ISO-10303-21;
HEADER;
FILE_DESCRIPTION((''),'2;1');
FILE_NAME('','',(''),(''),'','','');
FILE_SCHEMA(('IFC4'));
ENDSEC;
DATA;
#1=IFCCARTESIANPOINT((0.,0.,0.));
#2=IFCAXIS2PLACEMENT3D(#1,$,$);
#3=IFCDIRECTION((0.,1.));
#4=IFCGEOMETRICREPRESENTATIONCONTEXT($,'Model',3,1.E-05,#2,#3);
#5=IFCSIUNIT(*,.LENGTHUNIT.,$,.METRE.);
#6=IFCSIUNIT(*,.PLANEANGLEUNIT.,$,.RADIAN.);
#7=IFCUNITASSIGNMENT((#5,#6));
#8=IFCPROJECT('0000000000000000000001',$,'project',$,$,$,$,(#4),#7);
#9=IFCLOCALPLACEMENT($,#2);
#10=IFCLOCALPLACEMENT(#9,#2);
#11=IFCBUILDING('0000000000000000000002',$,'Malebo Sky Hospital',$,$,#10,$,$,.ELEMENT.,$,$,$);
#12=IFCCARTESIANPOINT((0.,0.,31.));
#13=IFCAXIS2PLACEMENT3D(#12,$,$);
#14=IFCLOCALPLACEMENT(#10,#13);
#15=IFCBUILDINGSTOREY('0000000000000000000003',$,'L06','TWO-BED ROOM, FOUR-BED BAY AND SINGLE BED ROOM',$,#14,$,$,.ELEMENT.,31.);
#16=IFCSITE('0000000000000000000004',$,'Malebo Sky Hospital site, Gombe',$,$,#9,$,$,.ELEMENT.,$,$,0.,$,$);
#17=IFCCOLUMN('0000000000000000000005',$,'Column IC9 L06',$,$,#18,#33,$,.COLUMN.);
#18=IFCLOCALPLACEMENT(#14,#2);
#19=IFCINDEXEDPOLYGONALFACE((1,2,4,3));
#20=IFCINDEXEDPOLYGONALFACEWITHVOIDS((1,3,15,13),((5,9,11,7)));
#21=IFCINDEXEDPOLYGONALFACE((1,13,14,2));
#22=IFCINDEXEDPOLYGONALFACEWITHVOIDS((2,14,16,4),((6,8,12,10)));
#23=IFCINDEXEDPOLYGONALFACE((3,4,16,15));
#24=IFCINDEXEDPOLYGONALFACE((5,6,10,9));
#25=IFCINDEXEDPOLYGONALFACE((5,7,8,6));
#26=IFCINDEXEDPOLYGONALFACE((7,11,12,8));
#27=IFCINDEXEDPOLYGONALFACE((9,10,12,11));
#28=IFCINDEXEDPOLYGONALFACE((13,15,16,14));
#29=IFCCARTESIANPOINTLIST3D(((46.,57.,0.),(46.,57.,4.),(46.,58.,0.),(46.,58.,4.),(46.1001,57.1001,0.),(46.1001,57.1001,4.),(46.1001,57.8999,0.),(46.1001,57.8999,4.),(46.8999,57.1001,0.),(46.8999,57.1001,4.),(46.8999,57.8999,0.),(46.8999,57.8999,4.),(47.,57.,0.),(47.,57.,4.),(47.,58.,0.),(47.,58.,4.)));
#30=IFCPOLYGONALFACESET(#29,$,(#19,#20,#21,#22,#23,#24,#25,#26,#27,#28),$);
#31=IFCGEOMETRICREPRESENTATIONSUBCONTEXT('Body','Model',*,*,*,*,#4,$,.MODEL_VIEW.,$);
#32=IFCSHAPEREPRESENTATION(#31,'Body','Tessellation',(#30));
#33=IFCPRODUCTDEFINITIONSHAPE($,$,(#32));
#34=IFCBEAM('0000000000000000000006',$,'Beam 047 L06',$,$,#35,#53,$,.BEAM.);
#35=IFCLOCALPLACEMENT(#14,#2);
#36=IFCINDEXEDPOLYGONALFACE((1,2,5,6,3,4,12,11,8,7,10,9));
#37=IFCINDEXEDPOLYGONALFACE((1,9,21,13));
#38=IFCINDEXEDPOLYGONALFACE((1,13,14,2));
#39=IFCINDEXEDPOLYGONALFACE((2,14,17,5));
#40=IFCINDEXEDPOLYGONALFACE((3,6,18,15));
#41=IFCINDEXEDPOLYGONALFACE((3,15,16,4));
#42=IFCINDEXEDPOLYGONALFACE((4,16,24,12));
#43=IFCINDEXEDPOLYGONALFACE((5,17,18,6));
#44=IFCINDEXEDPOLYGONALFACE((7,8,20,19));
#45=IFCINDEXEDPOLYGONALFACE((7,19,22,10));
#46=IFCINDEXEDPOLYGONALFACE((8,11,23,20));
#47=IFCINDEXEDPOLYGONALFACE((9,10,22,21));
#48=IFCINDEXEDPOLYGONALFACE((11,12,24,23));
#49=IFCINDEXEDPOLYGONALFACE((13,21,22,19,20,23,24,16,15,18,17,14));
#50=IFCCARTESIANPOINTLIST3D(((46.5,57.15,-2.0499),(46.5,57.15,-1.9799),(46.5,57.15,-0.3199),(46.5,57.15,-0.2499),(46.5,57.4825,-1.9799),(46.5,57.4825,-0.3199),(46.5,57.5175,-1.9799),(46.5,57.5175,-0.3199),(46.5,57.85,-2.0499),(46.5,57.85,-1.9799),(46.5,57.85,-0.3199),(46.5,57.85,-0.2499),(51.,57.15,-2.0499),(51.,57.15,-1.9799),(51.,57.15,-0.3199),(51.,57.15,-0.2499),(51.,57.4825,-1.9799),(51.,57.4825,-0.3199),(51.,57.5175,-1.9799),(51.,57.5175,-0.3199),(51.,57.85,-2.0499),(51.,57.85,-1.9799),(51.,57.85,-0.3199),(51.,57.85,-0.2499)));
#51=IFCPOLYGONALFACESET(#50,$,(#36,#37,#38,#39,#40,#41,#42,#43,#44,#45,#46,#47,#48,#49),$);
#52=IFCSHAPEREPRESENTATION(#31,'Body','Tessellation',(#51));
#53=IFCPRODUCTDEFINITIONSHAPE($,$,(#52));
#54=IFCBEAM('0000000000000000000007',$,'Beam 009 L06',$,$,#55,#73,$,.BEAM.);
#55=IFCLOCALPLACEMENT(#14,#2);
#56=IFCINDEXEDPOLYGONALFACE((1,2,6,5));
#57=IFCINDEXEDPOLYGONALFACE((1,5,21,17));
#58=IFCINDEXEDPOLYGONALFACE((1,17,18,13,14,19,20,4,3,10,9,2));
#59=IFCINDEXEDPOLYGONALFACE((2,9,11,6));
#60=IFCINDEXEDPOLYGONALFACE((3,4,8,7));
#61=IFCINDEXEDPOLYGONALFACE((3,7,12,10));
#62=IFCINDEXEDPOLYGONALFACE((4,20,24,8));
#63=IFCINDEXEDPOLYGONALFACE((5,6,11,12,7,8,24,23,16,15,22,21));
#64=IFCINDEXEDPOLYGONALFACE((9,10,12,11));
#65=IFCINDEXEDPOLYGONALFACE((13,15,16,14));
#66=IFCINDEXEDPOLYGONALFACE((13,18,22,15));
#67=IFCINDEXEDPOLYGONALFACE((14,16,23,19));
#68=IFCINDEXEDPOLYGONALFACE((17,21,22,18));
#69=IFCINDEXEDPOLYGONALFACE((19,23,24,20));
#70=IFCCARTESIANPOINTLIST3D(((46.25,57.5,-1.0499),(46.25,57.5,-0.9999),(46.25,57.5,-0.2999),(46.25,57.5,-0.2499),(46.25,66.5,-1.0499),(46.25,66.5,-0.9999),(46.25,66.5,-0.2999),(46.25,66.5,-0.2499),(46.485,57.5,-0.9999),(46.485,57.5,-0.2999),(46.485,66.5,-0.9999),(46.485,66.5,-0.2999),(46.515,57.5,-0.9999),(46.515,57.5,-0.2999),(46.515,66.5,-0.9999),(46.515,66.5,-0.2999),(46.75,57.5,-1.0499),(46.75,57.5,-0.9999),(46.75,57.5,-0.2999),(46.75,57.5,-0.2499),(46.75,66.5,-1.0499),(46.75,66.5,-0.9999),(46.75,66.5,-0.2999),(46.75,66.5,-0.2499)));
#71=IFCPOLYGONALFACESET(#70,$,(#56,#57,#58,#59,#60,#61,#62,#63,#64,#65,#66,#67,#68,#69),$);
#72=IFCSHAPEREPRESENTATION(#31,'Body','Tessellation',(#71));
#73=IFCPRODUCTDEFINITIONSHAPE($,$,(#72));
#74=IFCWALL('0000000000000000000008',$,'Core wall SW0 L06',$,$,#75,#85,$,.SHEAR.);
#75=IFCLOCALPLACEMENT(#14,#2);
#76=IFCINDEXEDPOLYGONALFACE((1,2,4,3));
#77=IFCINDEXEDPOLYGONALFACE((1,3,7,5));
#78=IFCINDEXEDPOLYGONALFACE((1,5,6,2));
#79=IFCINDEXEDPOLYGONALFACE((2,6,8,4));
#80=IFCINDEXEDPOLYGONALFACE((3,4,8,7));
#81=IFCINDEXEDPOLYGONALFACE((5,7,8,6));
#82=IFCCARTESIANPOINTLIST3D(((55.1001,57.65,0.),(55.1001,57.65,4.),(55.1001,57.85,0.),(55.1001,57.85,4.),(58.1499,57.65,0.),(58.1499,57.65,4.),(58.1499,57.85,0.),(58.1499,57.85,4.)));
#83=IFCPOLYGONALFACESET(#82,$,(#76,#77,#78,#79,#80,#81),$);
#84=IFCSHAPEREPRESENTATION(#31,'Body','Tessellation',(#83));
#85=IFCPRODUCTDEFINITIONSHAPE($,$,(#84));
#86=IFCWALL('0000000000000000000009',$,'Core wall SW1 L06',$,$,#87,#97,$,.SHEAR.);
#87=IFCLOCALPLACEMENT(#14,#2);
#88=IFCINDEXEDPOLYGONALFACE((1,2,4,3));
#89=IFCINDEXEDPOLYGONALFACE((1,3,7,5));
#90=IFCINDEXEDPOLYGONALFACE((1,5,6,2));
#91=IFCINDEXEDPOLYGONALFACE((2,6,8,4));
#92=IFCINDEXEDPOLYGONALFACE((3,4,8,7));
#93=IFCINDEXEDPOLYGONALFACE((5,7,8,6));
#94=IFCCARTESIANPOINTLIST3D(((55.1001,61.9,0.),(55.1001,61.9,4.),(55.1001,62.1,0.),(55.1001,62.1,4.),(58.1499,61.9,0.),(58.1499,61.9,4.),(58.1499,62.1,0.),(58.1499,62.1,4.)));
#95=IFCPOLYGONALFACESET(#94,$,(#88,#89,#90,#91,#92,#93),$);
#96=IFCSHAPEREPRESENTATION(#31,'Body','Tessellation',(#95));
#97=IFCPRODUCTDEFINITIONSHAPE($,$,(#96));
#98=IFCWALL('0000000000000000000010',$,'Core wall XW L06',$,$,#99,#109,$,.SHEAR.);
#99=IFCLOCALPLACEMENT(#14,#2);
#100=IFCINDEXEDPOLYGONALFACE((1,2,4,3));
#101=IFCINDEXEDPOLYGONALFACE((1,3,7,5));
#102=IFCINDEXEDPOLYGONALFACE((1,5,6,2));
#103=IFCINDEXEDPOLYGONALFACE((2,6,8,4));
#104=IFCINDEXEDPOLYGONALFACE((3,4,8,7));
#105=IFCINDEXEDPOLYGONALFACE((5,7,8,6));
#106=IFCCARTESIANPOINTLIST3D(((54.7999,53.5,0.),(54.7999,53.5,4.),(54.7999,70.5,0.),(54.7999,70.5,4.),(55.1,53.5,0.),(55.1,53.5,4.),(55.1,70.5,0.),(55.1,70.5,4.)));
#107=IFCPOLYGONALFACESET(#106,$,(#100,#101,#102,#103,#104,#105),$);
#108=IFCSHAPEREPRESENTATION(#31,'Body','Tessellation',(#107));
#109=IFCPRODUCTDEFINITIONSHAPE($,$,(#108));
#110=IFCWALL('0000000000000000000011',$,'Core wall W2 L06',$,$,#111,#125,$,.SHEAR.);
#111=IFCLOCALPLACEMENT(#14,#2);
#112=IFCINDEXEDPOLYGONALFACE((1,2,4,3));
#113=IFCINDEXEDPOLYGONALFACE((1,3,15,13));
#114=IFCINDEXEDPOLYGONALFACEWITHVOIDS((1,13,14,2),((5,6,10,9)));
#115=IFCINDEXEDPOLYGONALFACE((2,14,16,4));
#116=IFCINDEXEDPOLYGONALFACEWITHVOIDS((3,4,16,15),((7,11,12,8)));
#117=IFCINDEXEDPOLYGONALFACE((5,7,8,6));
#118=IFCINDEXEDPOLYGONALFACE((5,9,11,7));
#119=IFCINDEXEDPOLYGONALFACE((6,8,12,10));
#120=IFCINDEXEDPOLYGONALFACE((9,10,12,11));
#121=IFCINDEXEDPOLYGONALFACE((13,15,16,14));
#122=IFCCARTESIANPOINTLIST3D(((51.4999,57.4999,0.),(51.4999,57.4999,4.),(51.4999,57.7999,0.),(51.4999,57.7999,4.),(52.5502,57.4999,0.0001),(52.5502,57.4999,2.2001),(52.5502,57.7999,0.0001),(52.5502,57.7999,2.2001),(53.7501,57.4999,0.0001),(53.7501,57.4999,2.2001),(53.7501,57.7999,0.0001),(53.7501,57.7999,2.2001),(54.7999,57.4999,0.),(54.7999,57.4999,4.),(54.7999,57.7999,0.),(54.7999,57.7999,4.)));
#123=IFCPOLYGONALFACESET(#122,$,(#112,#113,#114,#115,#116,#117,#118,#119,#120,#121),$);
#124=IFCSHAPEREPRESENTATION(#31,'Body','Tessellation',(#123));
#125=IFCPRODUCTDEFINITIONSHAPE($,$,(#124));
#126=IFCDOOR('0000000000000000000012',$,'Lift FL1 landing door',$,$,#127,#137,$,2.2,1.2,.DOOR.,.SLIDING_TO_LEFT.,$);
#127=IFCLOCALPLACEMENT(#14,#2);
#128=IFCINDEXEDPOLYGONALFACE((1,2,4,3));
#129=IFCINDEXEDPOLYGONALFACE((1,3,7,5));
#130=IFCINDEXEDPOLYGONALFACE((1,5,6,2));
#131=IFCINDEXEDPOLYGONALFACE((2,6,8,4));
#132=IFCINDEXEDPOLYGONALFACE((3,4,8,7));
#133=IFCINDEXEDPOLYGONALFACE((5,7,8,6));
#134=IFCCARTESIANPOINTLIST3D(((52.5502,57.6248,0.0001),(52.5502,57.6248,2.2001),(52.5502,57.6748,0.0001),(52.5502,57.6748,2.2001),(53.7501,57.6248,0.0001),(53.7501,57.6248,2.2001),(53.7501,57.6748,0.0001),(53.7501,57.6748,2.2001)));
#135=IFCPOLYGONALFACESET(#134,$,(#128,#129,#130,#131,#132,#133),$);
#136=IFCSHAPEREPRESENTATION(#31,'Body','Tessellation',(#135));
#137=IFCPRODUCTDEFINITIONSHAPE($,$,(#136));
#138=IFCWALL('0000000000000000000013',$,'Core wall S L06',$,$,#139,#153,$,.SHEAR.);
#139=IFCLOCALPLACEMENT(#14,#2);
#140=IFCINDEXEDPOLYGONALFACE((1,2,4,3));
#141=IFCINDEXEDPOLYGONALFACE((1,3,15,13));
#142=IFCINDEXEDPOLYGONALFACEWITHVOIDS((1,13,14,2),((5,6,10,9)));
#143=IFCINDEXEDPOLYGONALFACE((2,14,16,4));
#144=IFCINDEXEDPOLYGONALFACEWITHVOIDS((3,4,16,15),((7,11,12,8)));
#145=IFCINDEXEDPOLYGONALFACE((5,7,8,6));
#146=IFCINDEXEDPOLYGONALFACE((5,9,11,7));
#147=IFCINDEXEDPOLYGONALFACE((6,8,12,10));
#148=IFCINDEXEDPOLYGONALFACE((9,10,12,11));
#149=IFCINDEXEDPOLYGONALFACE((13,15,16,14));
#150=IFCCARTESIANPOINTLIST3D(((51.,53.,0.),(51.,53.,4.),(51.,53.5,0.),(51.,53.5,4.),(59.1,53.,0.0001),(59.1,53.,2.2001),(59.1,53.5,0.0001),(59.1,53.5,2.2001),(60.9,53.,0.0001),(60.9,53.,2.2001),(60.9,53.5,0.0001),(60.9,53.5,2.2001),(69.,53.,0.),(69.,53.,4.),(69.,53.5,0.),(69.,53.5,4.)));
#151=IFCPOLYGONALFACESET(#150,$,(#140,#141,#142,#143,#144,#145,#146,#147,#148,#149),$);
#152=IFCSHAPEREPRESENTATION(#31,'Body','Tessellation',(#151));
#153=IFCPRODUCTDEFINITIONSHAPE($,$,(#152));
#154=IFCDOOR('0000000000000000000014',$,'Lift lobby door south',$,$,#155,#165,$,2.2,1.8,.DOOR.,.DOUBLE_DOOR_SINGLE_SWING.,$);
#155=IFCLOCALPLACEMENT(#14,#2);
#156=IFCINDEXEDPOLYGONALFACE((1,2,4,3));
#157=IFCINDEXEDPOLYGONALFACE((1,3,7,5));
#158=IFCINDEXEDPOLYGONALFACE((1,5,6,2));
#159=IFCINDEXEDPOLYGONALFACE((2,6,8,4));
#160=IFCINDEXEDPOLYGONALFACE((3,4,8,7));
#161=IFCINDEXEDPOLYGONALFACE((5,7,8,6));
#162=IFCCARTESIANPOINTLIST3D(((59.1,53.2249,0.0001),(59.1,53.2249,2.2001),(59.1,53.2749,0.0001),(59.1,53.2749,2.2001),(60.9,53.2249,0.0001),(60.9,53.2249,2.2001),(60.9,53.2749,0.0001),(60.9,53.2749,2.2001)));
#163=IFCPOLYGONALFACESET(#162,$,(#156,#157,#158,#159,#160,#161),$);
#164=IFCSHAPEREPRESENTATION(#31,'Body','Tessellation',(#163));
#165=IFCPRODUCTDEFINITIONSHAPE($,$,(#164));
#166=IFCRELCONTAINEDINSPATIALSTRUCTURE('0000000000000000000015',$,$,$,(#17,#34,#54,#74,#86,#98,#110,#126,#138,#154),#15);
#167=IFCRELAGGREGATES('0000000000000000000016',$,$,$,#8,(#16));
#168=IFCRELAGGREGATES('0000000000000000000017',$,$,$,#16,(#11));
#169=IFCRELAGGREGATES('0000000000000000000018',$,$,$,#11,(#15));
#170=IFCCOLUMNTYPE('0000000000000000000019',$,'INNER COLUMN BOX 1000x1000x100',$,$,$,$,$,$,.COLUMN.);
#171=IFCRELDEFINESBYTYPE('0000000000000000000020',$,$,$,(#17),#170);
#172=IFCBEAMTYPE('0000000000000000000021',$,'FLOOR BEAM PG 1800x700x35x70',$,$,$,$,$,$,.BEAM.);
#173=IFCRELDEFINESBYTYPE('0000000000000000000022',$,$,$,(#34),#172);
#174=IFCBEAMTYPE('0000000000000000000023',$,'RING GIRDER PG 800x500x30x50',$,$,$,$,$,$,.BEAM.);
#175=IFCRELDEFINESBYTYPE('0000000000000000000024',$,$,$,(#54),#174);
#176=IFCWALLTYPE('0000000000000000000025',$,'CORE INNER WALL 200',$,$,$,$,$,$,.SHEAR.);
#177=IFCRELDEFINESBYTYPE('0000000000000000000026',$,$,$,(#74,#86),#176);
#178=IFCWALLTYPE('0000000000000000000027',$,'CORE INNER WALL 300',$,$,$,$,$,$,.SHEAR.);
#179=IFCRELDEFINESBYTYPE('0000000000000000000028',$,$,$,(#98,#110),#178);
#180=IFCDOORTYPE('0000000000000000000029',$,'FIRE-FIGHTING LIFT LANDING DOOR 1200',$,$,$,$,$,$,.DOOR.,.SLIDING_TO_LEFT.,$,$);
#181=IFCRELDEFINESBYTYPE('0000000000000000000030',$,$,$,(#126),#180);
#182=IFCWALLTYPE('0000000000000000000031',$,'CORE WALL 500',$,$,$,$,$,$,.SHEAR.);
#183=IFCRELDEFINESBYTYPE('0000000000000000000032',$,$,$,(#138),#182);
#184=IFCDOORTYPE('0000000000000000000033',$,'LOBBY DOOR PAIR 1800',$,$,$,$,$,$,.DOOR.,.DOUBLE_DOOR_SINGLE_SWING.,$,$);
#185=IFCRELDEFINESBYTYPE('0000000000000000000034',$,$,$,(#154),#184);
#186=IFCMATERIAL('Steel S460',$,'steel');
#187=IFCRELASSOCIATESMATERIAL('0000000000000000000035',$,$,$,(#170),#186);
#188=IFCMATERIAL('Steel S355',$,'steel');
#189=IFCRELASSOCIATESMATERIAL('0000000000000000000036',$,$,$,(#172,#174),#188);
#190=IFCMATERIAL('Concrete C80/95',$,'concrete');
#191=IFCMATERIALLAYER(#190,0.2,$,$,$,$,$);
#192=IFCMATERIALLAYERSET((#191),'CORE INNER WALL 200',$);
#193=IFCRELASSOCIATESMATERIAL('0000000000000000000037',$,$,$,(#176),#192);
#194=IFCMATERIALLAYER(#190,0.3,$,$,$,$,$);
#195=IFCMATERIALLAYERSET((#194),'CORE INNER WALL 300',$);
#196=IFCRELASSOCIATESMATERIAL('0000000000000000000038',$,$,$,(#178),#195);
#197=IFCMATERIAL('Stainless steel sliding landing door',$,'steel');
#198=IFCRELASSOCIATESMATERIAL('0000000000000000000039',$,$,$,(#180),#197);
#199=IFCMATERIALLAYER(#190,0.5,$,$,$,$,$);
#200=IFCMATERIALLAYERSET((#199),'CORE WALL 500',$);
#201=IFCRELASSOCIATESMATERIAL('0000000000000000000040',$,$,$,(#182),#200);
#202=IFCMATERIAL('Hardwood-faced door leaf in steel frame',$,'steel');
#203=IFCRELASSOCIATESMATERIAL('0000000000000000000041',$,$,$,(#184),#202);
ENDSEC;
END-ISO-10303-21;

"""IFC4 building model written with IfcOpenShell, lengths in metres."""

from ifc_helpers import new_model, si_unit, direction, frame, frame_2d, origin, origin_2d, place, context, subcontext, project, spatial, rectangle, hollow_rectangle, i_section, extrude, material, layer, layer_set, material_profile, profile_set, type_object, element, fill, save


model = new_model("IFC4")

# Units and contexts
model_context = context("Model", 3, precision=1e-05, world=origin(), true_north=direction((0.0, 1.0)))
body_context = subcontext(model_context, "Body", "Model", "MODEL_VIEW")
ifc_project = project(units=[si_unit("LENGTHUNIT", "METRE"), si_unit("PLANEANGLEUNIT", "RADIAN")], contexts=[model_context])

# Site, building, storey
site_placement = place(None, origin())
site = spatial("IfcSite", under=ifc_project, at=site_placement, Name="Malebo Sky Hospital site, Gombe", CompositionType="ELEMENT", RefElevation=0.0)
building_placement = place(site_placement, origin())
building = spatial("IfcBuilding", under=site, at=building_placement, Name="Malebo Sky Hospital", CompositionType="ELEMENT")
storey_placement = place(building_placement, frame((0.0, 0.0, 31.0)))
storey = spatial("IfcBuildingStorey", under=building, at=storey_placement, Name="L06", Description="TWO-BED ROOM, FOUR-BED BAY AND SINGLE BED ROOM", CompositionType="ELEMENT", Elevation=31.0)

# Column
ifc_material_1 = material(Name="Steel S460", Category="steel")
ifc_material_profile_1 = material_profile(ifc_material_1, hollow_rectangle(XDim=1.0, YDim=1.0, WallThickness=0.1001, at=origin_2d()), Name="BOX 1000x1000x100")
ifc_profile_set_1 = profile_set([ifc_material_profile_1], Name="Steel S460")
column_type = type_object("IfcColumnType", Name="INNER COLUMN BOX 1000x1000x100", PredefinedType="COLUMN", material=ifc_profile_set_1)
column_placement = place(storey_placement, frame((46.5, 57.5, 0.0), z_axis=(0.0, 0.0, 1.0), x_axis=(1.0, 0.0, 0.0)))
element("IfcColumn", 1, at=column_placement, inside=storey, type_object=column_type, Name="Column IC9 L06", PredefinedType="COLUMN", context=body_context, shape_type="SweptSolid", body=[
    extrude(hollow_rectangle(XDim=1.0, YDim=1.0, WallThickness=0.1001, at=origin_2d()), origin(), (0.0, 0.0, 1.0), 4.0),
])

# Beams
ifc_material_2 = material(Name="Steel S355", Category="steel")
ifc_material_profile_2 = material_profile(ifc_material_2, i_section(OverallWidth=0.7, OverallDepth=1.8, WebThickness=0.0349, FlangeThickness=0.0701, at=origin_2d()), Name="PG 1800x700x35x70")
ifc_profile_set_2 = profile_set([ifc_material_profile_2], Name="Steel S355")
beam_type_1 = type_object("IfcBeamType", Name="FLOOR BEAM PG 1800x700x35x70", PredefinedType="BEAM", material=ifc_profile_set_2)
beam_1_placement = place(storey_placement, frame((46.5, 57.5, -1.1499), z_axis=(1.0, 0.0, 0.0), x_axis=(0.0, 1.0, 0.0)))
element("IfcBeam", 2, at=beam_1_placement, inside=storey, type_object=beam_type_1, Name="Beam 047 L06", PredefinedType="BEAM", context=body_context, shape_type="SweptSolid", body=[
    extrude(i_section(OverallWidth=0.7, OverallDepth=1.8, WebThickness=0.0349, FlangeThickness=0.0701, at=origin_2d()), origin(), (0.0, 0.0, 1.0), 4.5),
])
ifc_material_profile_3 = material_profile(ifc_material_2, i_section(OverallWidth=0.5, OverallDepth=0.8, WebThickness=0.03, FlangeThickness=0.05, at=origin_2d()), Name="PG 800x500x30x50")
ifc_profile_set_3 = profile_set([ifc_material_profile_3], Name="Steel S355")
beam_type_2 = type_object("IfcBeamType", Name="RING GIRDER PG 800x500x30x50", PredefinedType="BEAM", material=ifc_profile_set_3)
beam_2_placement = place(storey_placement, frame((46.5, 57.5, -0.6499), z_axis=(0.0, 1.0, 0.0), x_axis=(-1.0, 0.0, 0.0)))
element("IfcBeam", 3, at=beam_2_placement, inside=storey, type_object=beam_type_2, Name="Beam 009 L06", PredefinedType="BEAM", context=body_context, shape_type="SweptSolid", body=[
    extrude(i_section(OverallWidth=0.5, OverallDepth=0.8, WebThickness=0.03, FlangeThickness=0.05, at=origin_2d()), origin(), (0.0, 0.0, 1.0), 9.0),
])

# Walls
ifc_material_3 = material(Name="Concrete C80/95", Category="concrete")
ifc_layer_1 = layer(ifc_material_3, 0.2)
ifc_layer_set_1 = layer_set([ifc_layer_1], Name="CORE INNER WALL 200")
wall_type_1 = type_object("IfcWallType", Name="CORE INNER WALL 200", PredefinedType="SHEAR", material=ifc_layer_set_1)
for number, where, z_axis, x_axis, name in (
    (4, (55.1001, 57.75, 0.0), (0.0, 0.0, 1.0), (1.0, 0.0, 0.0), "Core wall SW0 L06"),
    (5, (55.1001, 62.0, 0.0), (0.0, 0.0, 1.0), (1.0, 0.0, 0.0), "Core wall SW1 L06"),
):
    element("IfcWall", number, at=place(storey_placement, frame(where, z_axis=z_axis, x_axis=x_axis)), inside=storey, type_object=wall_type_1, Name=name, PredefinedType="SHEAR", context=body_context, shape_type="SweptSolid", body=[
        extrude(rectangle(XDim=3.0498, YDim=0.2, at=frame_2d((1.5249, 0.0))), origin(), (0.0, 0.0, 1.0), 4.0),
    ])
ifc_layer_2 = layer(ifc_material_3, 0.3)
ifc_layer_set_2 = layer_set([ifc_layer_2], Name="CORE INNER WALL 300")
wall_type_2 = type_object("IfcWallType", Name="CORE INNER WALL 300", PredefinedType="SHEAR", material=ifc_layer_set_2)
wall_1_placement = place(storey_placement, frame((54.95, 53.5, 0.0), z_axis=(0.0, 0.0, 1.0), x_axis=(0.0, 1.0, 0.0)))
element("IfcWall", 6, at=wall_1_placement, inside=storey, type_object=wall_type_2, Name="Core wall XW L06", PredefinedType="SHEAR", context=body_context, shape_type="SweptSolid", body=[
    extrude(rectangle(XDim=17.0, YDim=0.3, at=frame_2d((8.5, 0.0))), origin(), (0.0, 0.0, 1.0), 4.0),
])

# Walls, openings, doors
wall_2_placement = place(storey_placement, frame((51.5, 57.6499, 0.0), z_axis=(0.0, 0.0, 1.0), x_axis=(1.0, 0.0, 0.0)))
wall_2 = element("IfcWall", 7, at=wall_2_placement, inside=storey, type_object=wall_type_2, Name="Core wall W2 L06", PredefinedType="SHEAR", context=body_context, shape_type="SweptSolid", body=[
    extrude(rectangle(XDim=3.3, YDim=0.3, at=frame_2d((1.6499, 0.0))), origin(), (0.0, 0.0, 1.0), 4.0),
])
opening_1_placement = place(wall_2_placement, frame((1.05, 0.0, 0.0)))
opening_1 = element("IfcOpeningElement", 8, at=opening_1_placement, cuts=wall_2, PredefinedType="OPENING", context=body_context, shape_type="SweptSolid", body=[
    extrude(rectangle(XDim=1.2, YDim=2.2, at=frame_2d((0.6001, 1.1001))), frame((0.0, 0.1599, 0.0), z_axis=(0.0, -1.0, 0.0), x_axis=(1.0, 0.0, 0.0)), (0.0, 0.0, 1.0), 0.3201),
])
ifc_material_4 = material(Name="Stainless steel sliding landing door", Category="steel")
door_type_1 = type_object("IfcDoorType", Name="FIRE-FIGHTING LIFT LANDING DOOR 1200", OperationType="SLIDING_TO_LEFT", PredefinedType="DOOR", material=ifc_material_4)
door_1_placement = place(opening_1_placement, origin())
door_1 = element("IfcDoor", 9, at=door_1_placement, inside=storey, type_object=door_type_1, Name="Lift FL1 landing door", OperationType="SLIDING_TO_LEFT", OverallHeight=2.2, OverallWidth=1.2, PredefinedType="DOOR", context=body_context, shape_type="SweptSolid", body=[
    extrude(rectangle(XDim=1.2, YDim=2.2, at=frame_2d((0.6001, 1.1001))), frame((0.0, 0.0249, 0.0), z_axis=(0.0, -1.0, 0.0), x_axis=(1.0, 0.0, 0.0)), (0.0, 0.0, 1.0), 0.05),
])
fill(opening_1, door_1)
ifc_layer_3 = layer(ifc_material_3, 0.5)
ifc_layer_set_3 = layer_set([ifc_layer_3], Name="CORE WALL 500")
wall_type_3 = type_object("IfcWallType", Name="CORE WALL 500", PredefinedType="SHEAR", material=ifc_layer_set_3)
wall_3_placement = place(storey_placement, frame((51.0, 53.25, 0.0), z_axis=(0.0, 0.0, 1.0), x_axis=(1.0, 0.0, 0.0)))
wall_3 = element("IfcWall", 10, at=wall_3_placement, inside=storey, type_object=wall_type_3, Name="Core wall S L06", PredefinedType="SHEAR", context=body_context, shape_type="SweptSolid", body=[
    extrude(rectangle(XDim=18.0, YDim=0.5, at=frame_2d((9.0, 0.0))), origin(), (0.0, 0.0, 1.0), 4.0),
])
opening_2_placement = place(wall_3_placement, frame((8.1001, 0.0, 0.0)))
opening_2 = element("IfcOpeningElement", 11, at=opening_2_placement, cuts=wall_3, PredefinedType="OPENING", context=body_context, shape_type="SweptSolid", body=[
    extrude(rectangle(XDim=1.8, YDim=2.2, at=frame_2d((0.8999, 1.1001))), frame((0.0, 0.26, 0.0), z_axis=(0.0, -1.0, 0.0), x_axis=(1.0, 0.0, 0.0)), (0.0, 0.0, 1.0), 0.52),
])
ifc_material_5 = material(Name="Hardwood-faced door leaf in steel frame", Category="steel")
door_type_2 = type_object("IfcDoorType", Name="LOBBY DOOR PAIR 1800", OperationType="DOUBLE_DOOR_SINGLE_SWING", PredefinedType="DOOR", material=ifc_material_5)
door_2_placement = place(opening_2_placement, origin())
door_2 = element("IfcDoor", 12, at=door_2_placement, inside=storey, type_object=door_type_2, Name="Lift lobby door south", OperationType="DOUBLE_DOOR_SINGLE_SWING", OverallHeight=2.2, OverallWidth=1.8, PredefinedType="DOOR", context=body_context, shape_type="SweptSolid", body=[
    extrude(rectangle(XDim=1.8, YDim=2.2, at=frame_2d((0.8999, 1.1001))), frame((0.0, 0.0249, 0.0), z_axis=(0.0, -1.0, 0.0), x_axis=(1.0, 0.0, 0.0)), (0.0, 0.0, 1.0), 0.05),
])
fill(opening_2, door_2)

save(model, "model.ifc")
